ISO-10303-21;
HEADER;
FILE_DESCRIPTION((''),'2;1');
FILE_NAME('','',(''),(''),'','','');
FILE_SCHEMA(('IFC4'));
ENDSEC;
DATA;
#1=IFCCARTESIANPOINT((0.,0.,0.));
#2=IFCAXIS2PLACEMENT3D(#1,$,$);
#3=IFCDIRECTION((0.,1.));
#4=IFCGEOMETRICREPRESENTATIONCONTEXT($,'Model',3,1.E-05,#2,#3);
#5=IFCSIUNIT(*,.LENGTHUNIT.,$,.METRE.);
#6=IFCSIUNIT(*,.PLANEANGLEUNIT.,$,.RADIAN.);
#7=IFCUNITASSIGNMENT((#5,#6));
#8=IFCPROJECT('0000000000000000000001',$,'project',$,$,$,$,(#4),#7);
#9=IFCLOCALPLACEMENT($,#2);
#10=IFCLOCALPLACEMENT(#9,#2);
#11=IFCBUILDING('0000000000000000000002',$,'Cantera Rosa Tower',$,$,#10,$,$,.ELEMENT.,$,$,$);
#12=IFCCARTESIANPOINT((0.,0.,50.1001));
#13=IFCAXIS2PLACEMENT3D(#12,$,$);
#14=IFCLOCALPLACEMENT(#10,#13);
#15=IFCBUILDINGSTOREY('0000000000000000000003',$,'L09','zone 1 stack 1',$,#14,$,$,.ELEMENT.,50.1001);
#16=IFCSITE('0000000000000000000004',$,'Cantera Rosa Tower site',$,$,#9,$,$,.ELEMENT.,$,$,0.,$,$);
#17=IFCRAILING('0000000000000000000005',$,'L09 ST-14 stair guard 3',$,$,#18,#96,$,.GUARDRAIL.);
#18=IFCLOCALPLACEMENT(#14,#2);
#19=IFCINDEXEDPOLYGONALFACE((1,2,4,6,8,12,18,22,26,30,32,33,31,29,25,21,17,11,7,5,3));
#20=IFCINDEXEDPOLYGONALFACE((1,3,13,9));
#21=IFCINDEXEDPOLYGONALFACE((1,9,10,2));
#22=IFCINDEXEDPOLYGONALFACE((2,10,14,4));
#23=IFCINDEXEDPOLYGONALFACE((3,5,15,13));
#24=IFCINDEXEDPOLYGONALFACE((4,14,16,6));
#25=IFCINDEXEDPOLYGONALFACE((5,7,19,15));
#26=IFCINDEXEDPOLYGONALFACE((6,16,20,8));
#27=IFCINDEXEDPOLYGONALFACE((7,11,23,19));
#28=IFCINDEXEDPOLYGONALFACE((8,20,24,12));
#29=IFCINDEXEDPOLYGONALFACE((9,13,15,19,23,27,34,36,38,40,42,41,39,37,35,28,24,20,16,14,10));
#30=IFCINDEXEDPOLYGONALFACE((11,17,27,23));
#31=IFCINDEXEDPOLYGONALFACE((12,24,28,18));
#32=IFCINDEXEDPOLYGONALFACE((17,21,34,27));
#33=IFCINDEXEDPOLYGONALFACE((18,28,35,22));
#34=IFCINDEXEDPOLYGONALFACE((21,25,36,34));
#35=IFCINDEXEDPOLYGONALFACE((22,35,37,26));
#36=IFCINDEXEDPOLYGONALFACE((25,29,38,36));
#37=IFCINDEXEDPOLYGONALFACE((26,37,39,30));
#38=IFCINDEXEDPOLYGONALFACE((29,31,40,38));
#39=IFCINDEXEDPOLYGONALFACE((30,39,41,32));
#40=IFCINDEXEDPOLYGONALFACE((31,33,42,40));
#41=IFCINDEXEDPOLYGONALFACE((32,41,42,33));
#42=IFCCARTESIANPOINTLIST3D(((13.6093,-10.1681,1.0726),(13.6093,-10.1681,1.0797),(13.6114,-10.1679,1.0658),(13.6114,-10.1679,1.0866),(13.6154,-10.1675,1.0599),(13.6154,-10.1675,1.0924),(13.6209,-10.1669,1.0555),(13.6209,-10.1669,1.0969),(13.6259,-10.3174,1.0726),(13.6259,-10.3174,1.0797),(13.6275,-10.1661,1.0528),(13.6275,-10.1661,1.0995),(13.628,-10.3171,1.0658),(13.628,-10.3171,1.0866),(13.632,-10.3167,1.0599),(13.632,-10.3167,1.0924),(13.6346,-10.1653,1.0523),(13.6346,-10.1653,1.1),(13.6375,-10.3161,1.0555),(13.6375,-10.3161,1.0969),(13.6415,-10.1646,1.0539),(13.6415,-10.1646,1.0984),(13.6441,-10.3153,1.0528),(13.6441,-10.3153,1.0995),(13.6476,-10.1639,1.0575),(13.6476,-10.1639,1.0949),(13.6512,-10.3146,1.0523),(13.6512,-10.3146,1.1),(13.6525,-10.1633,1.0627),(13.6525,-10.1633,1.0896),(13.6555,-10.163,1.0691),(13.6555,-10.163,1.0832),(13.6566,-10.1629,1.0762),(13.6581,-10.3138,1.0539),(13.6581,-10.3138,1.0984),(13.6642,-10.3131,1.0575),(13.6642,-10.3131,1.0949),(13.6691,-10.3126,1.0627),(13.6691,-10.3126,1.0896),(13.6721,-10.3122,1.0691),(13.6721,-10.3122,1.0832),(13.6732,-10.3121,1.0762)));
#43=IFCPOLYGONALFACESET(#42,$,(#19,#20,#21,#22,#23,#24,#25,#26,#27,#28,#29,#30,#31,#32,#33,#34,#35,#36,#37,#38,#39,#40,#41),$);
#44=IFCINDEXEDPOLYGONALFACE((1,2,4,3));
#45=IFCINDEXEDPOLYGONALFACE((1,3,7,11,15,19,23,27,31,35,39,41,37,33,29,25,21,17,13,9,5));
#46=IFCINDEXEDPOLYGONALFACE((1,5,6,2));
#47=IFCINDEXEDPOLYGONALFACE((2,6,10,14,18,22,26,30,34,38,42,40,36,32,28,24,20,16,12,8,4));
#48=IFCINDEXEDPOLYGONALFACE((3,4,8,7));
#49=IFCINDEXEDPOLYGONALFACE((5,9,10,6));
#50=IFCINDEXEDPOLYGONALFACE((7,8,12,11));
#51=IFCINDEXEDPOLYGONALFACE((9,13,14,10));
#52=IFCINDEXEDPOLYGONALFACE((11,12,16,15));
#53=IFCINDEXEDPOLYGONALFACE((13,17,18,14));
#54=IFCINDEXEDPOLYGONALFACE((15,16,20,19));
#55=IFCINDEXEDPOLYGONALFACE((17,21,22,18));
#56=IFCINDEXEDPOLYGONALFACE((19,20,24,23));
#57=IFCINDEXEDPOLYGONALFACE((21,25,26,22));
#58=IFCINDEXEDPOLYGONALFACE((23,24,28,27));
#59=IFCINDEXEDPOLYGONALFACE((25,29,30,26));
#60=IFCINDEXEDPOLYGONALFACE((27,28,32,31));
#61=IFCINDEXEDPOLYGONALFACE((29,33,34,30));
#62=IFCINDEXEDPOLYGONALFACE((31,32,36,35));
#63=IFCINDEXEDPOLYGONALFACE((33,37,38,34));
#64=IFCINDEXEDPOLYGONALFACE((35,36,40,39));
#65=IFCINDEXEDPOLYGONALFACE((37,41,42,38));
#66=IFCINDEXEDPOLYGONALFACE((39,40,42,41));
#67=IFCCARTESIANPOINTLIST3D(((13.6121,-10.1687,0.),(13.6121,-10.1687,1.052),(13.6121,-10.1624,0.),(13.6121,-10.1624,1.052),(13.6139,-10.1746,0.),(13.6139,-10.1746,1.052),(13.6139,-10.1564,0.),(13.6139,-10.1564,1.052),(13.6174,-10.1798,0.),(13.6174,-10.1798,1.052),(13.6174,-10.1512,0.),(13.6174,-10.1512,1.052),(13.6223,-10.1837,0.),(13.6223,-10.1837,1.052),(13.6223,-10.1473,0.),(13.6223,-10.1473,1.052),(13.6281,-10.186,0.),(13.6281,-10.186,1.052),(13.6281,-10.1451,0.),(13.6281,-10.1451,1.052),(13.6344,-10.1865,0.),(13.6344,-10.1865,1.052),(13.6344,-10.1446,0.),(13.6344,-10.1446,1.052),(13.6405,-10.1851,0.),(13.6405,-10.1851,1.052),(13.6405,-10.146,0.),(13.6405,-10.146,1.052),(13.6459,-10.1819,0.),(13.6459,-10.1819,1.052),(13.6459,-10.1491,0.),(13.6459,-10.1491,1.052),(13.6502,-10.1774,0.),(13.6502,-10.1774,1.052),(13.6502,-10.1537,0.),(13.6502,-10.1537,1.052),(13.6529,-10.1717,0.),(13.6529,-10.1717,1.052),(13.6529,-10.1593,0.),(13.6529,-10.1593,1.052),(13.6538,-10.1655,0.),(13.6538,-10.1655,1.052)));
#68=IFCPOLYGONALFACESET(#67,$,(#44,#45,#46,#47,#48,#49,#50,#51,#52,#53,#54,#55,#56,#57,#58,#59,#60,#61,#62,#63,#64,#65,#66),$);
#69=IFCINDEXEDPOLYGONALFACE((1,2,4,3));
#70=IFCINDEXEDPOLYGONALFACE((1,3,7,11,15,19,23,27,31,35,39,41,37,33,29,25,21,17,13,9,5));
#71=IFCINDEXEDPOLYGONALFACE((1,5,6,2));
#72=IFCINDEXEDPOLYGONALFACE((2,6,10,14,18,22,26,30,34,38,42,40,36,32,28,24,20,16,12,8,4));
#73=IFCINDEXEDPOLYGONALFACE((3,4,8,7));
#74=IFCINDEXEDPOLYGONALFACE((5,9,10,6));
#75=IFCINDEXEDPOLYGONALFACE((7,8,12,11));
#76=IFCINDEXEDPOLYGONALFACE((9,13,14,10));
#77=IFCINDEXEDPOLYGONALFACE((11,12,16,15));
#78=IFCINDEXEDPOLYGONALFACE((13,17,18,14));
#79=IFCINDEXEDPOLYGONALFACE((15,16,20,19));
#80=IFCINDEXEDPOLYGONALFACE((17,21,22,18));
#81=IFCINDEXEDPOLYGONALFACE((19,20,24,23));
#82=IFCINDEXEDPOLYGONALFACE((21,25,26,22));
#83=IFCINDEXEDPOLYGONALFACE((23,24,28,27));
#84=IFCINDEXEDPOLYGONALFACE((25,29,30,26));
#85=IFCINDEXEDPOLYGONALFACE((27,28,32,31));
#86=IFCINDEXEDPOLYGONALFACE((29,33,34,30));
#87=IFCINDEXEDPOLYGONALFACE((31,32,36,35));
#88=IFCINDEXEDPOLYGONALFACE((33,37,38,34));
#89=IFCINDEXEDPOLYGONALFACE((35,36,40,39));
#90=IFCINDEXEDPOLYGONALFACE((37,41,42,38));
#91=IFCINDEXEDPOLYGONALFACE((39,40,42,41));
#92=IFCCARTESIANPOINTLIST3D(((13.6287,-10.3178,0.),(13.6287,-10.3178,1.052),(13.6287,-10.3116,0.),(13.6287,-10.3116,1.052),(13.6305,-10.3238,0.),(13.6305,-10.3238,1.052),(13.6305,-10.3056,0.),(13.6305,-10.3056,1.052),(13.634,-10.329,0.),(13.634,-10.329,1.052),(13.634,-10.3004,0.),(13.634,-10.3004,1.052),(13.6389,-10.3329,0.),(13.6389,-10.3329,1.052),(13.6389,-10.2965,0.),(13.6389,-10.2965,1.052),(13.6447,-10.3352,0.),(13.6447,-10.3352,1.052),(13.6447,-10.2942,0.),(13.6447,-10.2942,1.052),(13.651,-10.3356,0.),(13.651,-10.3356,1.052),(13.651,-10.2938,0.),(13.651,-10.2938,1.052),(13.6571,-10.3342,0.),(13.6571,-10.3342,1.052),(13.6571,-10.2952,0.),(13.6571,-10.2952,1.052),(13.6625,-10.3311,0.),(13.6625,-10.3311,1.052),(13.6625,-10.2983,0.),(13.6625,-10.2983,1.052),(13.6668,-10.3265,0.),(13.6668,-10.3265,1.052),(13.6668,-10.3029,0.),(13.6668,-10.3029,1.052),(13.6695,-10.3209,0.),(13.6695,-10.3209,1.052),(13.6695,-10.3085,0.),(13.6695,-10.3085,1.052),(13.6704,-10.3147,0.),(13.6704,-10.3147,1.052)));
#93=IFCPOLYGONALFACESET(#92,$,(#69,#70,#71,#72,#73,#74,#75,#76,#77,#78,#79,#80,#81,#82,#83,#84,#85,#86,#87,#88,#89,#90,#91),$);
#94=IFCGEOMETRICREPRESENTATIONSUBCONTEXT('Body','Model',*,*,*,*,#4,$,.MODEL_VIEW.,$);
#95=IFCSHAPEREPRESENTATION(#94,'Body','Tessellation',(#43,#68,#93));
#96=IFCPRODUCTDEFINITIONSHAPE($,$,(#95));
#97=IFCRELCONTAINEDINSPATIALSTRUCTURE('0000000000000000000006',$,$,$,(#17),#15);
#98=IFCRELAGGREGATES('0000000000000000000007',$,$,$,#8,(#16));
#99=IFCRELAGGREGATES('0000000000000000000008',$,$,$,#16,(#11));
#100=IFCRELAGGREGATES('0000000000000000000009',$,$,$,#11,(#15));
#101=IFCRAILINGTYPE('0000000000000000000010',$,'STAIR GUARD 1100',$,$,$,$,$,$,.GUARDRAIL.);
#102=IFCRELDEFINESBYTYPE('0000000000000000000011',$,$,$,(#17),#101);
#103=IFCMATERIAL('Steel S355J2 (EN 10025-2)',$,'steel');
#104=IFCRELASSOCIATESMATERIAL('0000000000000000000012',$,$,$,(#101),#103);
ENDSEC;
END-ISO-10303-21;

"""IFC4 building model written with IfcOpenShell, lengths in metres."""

from ifc_helpers import new_model, si_unit, direction, frame, origin, origin_2d, place, context, subcontext, project, spatial, circle, extrude, material, type_object, element, save


model = new_model("IFC4")

# Units and contexts
model_context = context("Model", 3, precision=1e-05, world=origin(), true_north=direction((0.0, 1.0)))
body_context = subcontext(model_context, "Body", "Model", "MODEL_VIEW")
ifc_project = project(units=[si_unit("LENGTHUNIT", "METRE"), si_unit("PLANEANGLEUNIT", "RADIAN")], contexts=[model_context])

# Site, building, storey
site_placement = place(None, origin())
site = spatial("IfcSite", under=ifc_project, at=site_placement, Name="Cantera Rosa Tower site", CompositionType="ELEMENT", RefElevation=0.0)
building_placement = place(site_placement, origin())
building = spatial("IfcBuilding", under=site, at=building_placement, Name="Cantera Rosa Tower", CompositionType="ELEMENT")
storey_placement = place(building_placement, frame((0.0, 0.0, 50.1001)))
storey = spatial("IfcBuildingStorey", under=building, at=storey_placement, Name="L09", Description="zone 1 stack 1", CompositionType="ELEMENT", Elevation=50.1001)

# Railing
ifc_material_1 = material(Name="Steel S355J2 (EN 10025-2)", Category="steel")
railing_type_1 = type_object("IfcRailingType", Name="STAIR GUARD 1100", PredefinedType="GUARDRAIL", material=ifc_material_1)
railing_1_placement = place(storey_placement, frame((13.6328, -10.1655, 0.0)))
element("IfcRailing", 1, at=railing_1_placement, inside=storey, type_object=railing_type_1, Name="L09 ST-14 stair guard 3", PredefinedType="GUARDRAIL", context=body_context, shape_type="SweptSolid", body=[
    extrude(circle(Radius=0.0239, at=origin_2d()), frame((0.0, 0.0, 1.0762), z_axis=(0.11061, -0.993864, 0.0), x_axis=(0.993864, 0.11061, 0.0)), (0.0, 0.0, 1.0), 0.1501),
    extrude(circle(Radius=0.021, at=origin_2d()), origin(), (0.0, 0.0, 1.0), 1.052),
    extrude(circle(Radius=0.021, at=origin_2d()), frame((0.0166, -0.1492, 0.0)), (0.0, 0.0, 1.0), 1.052),
])

save(model, "model.ifc")
